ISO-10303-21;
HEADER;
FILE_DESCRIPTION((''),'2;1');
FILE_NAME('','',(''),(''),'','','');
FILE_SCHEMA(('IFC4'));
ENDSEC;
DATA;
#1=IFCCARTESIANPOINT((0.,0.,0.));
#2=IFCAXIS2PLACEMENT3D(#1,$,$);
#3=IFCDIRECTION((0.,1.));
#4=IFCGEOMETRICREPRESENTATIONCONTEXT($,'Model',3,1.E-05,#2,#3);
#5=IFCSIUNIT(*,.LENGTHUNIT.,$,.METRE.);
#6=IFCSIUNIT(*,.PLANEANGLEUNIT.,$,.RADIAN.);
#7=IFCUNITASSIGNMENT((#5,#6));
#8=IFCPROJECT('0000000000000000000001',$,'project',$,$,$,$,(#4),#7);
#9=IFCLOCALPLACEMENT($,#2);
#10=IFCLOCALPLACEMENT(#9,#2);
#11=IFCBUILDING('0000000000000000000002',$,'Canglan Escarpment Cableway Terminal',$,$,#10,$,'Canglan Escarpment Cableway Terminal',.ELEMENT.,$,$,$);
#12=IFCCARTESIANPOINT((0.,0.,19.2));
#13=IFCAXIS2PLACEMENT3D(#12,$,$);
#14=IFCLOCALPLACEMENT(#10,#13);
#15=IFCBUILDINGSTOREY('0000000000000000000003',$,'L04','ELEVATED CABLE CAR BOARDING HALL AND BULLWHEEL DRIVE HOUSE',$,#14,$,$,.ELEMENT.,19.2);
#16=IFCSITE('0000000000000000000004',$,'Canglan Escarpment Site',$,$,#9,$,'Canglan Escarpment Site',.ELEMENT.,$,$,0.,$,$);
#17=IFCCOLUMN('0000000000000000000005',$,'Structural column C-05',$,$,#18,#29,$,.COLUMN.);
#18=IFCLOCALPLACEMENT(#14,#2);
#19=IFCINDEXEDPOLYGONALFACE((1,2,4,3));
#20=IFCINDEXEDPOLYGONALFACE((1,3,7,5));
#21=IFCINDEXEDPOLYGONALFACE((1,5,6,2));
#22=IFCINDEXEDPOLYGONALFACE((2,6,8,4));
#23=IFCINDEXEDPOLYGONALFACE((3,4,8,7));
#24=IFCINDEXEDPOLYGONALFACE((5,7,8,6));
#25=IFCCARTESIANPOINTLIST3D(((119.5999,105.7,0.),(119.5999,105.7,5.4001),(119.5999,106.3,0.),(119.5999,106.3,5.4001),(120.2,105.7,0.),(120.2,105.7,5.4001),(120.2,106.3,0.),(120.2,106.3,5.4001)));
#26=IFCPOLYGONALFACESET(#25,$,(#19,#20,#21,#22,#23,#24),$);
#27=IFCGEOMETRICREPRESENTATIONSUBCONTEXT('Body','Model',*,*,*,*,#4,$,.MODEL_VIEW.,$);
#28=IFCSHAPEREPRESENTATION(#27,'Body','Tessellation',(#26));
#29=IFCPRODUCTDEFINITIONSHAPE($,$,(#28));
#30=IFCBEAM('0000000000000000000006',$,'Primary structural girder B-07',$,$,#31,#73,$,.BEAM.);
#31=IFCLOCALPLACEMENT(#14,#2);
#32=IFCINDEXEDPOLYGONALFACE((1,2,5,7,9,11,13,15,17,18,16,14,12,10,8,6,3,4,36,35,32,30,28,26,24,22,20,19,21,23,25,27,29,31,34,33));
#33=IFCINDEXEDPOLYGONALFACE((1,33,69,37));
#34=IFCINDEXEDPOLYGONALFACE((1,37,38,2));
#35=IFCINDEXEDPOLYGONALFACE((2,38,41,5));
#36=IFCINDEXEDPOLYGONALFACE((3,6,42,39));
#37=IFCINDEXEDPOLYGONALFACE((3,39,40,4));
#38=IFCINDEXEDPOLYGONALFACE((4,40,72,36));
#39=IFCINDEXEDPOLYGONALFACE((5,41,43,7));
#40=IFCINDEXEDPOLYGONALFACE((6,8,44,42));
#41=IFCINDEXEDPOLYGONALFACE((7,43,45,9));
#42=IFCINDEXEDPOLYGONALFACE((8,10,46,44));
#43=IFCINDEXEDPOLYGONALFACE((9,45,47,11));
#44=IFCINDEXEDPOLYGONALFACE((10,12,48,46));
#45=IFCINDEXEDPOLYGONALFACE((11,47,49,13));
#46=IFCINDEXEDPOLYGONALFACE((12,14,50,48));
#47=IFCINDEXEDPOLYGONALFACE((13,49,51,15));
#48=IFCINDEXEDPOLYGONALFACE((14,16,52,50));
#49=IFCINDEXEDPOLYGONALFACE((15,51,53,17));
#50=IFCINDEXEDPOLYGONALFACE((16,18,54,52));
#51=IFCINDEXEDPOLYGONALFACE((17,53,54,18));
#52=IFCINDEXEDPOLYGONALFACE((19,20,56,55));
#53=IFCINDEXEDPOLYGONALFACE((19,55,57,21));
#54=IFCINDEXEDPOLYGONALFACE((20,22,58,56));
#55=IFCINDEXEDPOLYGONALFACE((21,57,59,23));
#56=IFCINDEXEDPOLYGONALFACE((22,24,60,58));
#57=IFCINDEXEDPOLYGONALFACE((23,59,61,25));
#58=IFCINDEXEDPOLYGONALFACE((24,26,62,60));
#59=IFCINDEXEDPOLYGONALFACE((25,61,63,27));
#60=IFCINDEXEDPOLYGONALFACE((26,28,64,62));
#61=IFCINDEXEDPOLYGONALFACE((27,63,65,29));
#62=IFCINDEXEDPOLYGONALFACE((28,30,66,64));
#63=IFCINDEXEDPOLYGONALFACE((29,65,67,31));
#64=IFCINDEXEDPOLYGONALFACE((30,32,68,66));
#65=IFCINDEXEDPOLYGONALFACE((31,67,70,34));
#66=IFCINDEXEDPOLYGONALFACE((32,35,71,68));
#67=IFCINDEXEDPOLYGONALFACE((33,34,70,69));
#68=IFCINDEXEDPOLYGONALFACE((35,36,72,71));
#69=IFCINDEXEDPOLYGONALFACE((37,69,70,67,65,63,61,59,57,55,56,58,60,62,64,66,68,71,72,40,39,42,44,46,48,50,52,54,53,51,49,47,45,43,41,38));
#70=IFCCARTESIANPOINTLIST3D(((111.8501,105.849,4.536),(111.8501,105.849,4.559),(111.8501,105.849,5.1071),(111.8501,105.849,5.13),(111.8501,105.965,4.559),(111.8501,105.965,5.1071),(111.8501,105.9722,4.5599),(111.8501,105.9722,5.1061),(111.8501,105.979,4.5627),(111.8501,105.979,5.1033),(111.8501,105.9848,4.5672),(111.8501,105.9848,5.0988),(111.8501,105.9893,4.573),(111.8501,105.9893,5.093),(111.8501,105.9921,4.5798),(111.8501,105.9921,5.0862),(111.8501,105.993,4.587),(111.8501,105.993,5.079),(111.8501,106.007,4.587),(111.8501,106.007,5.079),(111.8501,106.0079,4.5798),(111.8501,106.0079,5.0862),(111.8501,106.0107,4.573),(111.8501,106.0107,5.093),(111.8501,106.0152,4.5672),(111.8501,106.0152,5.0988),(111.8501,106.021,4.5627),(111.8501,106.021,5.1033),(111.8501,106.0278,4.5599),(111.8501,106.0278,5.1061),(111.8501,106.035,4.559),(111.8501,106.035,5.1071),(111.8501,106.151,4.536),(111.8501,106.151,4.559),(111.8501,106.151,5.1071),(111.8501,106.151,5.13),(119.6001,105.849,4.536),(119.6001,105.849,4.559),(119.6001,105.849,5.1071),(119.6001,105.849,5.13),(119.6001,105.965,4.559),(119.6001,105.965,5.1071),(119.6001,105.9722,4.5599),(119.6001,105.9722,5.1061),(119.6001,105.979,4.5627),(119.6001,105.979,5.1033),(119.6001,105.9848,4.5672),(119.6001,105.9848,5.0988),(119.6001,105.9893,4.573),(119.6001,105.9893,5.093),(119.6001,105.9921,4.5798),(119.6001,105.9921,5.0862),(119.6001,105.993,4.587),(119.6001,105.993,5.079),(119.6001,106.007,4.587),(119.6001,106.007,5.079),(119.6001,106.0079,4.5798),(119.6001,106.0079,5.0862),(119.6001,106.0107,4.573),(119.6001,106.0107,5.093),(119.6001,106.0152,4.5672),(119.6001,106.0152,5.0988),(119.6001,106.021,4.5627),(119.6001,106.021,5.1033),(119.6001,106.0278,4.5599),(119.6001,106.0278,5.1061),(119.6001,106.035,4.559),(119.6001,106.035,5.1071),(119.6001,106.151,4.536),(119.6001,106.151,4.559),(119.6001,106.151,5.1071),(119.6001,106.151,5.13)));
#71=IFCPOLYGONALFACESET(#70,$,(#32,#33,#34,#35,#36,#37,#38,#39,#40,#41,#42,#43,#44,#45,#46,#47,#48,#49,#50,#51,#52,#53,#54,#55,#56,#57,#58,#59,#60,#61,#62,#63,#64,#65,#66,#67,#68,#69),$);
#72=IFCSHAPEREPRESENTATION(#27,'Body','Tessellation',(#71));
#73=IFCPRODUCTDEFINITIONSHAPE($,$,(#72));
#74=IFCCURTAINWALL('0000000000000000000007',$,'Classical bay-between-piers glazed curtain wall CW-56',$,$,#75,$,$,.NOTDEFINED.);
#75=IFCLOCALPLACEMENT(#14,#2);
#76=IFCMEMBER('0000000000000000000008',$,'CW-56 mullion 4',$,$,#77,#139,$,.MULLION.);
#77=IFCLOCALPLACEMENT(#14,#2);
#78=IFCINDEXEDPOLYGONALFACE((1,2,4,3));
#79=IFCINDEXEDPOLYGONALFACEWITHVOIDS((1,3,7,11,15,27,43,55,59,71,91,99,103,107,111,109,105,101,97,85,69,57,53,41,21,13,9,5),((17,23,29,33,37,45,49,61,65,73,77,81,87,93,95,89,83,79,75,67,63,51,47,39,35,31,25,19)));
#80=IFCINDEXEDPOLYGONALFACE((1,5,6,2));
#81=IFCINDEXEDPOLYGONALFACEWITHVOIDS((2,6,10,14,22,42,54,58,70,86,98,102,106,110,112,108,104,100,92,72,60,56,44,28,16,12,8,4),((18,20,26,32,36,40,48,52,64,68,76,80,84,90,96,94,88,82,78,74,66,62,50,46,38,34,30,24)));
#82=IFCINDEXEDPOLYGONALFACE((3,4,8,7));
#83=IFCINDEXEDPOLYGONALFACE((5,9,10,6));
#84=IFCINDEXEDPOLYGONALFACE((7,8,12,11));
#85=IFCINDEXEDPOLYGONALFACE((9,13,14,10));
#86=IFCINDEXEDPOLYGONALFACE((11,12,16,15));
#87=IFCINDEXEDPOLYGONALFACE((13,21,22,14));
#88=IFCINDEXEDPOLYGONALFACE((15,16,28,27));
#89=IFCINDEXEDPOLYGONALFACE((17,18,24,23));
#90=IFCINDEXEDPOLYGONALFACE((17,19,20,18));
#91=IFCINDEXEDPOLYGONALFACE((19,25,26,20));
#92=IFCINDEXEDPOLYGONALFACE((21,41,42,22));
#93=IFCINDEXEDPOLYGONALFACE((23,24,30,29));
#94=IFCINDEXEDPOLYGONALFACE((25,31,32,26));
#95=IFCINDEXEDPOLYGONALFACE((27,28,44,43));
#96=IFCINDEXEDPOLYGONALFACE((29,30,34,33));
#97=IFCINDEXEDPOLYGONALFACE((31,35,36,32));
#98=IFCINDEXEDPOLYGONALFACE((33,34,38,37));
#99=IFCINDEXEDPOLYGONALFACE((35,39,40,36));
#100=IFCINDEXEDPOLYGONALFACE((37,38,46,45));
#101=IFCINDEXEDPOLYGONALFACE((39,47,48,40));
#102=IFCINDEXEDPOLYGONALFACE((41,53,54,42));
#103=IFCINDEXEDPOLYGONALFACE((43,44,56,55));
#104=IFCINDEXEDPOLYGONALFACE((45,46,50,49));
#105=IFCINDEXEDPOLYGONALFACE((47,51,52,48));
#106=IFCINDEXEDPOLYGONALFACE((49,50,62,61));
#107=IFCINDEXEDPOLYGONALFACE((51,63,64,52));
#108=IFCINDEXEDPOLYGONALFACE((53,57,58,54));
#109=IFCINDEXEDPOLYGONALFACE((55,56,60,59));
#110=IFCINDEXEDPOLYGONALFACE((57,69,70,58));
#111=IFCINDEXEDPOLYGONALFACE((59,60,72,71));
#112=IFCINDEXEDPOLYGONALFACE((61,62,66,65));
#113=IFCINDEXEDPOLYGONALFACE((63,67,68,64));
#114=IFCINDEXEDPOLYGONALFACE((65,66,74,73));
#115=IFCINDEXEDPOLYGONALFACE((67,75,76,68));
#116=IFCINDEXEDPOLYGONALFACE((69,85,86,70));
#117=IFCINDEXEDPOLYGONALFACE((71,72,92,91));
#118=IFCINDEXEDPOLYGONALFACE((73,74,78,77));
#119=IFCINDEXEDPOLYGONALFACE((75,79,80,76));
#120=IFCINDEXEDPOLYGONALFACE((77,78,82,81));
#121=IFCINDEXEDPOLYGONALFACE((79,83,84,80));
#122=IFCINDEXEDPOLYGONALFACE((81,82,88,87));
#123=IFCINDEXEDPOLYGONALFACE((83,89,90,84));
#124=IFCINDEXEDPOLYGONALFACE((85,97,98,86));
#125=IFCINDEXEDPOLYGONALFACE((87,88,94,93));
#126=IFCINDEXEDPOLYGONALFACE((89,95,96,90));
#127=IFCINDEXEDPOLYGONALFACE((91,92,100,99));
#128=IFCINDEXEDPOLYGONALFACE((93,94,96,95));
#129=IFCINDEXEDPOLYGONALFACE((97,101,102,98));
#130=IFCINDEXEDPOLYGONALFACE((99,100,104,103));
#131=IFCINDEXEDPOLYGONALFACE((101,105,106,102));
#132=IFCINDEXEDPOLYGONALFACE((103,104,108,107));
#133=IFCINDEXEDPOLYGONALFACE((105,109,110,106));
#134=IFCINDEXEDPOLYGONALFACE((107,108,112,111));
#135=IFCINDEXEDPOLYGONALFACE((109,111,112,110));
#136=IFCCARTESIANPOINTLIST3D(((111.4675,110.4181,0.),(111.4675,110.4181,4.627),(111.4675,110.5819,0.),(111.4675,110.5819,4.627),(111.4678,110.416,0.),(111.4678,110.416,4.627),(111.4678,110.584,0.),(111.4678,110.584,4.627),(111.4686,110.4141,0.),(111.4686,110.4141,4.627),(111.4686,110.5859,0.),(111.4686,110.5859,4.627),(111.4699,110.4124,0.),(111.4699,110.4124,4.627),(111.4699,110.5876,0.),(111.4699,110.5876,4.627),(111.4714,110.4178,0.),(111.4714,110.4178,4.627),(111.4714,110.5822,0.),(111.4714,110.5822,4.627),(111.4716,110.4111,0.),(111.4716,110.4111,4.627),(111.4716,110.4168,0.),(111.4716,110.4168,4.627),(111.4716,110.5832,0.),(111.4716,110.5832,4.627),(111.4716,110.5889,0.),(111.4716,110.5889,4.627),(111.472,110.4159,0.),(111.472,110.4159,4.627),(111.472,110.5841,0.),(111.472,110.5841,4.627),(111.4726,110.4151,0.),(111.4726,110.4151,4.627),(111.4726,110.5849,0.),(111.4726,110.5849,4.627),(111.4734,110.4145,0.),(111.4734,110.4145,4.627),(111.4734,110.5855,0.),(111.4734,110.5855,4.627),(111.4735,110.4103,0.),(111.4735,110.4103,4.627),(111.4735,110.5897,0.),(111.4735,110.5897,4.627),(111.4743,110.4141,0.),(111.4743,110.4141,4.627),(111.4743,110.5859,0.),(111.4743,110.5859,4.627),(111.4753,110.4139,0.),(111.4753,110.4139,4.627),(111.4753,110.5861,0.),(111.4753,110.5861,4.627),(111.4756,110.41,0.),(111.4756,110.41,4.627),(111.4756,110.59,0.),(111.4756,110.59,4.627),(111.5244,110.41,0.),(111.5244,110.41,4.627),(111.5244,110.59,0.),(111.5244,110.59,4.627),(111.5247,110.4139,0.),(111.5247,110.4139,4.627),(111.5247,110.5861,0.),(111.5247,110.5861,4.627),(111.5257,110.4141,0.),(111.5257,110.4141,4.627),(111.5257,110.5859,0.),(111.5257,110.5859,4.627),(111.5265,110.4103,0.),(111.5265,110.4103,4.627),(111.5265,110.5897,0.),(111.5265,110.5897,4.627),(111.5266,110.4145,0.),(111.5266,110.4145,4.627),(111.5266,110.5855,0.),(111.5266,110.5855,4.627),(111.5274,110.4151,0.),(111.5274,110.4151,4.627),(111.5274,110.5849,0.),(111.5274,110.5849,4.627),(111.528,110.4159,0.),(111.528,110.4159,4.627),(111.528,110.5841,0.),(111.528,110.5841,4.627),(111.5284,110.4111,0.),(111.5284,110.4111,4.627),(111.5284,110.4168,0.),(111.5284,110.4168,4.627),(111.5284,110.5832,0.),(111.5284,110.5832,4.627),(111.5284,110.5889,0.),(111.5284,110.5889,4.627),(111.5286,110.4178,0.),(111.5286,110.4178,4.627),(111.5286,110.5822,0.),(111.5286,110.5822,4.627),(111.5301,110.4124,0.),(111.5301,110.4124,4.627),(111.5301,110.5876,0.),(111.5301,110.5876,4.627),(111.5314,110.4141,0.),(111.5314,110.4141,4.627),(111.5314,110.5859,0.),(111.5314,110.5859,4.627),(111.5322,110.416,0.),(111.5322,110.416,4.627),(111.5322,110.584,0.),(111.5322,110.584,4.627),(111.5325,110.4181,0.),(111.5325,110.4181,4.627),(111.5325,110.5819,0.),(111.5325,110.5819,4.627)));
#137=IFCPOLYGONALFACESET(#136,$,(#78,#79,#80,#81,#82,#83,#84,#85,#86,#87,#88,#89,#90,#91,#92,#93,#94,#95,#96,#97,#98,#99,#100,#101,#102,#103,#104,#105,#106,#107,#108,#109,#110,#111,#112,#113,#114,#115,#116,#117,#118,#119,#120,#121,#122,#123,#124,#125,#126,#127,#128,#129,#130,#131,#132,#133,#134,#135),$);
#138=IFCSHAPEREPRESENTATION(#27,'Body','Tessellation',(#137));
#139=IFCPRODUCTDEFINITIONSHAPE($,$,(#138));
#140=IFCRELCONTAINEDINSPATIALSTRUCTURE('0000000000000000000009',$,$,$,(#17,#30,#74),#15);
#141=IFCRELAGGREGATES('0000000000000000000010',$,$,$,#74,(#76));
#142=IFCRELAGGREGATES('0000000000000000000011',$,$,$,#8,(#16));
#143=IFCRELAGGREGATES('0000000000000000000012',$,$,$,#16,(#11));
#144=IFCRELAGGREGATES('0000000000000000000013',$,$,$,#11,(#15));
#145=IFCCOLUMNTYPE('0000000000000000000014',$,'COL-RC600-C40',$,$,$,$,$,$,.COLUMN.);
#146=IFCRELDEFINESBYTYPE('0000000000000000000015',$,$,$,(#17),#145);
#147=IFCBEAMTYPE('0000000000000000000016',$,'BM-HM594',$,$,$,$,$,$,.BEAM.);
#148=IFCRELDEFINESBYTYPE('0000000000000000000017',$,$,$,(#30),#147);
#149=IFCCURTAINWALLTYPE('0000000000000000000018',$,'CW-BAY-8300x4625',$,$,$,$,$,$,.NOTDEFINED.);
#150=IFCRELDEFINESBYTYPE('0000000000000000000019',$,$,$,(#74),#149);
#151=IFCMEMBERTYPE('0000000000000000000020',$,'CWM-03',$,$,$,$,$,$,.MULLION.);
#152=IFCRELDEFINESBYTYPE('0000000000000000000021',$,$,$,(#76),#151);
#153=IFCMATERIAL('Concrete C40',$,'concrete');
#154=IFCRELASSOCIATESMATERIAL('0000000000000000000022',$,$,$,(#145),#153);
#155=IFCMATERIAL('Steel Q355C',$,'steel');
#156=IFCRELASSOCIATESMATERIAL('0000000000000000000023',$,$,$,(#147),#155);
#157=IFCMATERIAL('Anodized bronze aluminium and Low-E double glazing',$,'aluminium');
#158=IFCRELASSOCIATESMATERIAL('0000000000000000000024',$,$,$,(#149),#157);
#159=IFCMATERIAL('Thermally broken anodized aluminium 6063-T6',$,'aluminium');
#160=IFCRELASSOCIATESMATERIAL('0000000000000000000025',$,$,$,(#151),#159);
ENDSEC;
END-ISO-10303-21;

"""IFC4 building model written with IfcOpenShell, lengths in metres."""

from ifc_helpers import new_model, si_unit, direction, frame, origin, origin_2d, place, context, subcontext, project, spatial, rectangle, hollow_rectangle, i_section, extrude, material, material_profile, profile_set, type_object, element, aggregate, save


model = new_model("IFC4")

# Units and contexts
model_context = context("Model", 3, precision=1e-05, world=origin(), true_north=direction((0.0, 1.0)))
body_context = subcontext(model_context, "Body", "Model", "MODEL_VIEW")
ifc_project = project(units=[si_unit("LENGTHUNIT", "METRE"), si_unit("PLANEANGLEUNIT", "RADIAN")], contexts=[model_context])

# Site, building, storey
site_placement = place(None, origin())
site = spatial("IfcSite", under=ifc_project, at=site_placement, Name="Canglan Escarpment Site", LongName="Canglan Escarpment Site", CompositionType="ELEMENT", RefElevation=0.0)
building_placement = place(site_placement, origin())
building = spatial("IfcBuilding", under=site, at=building_placement, Name="Canglan Escarpment Cableway Terminal", LongName="Canglan Escarpment Cableway Terminal", CompositionType="ELEMENT")
storey_placement = place(building_placement, frame((0.0, 0.0, 19.2)))
storey = spatial("IfcBuildingStorey", under=building, at=storey_placement, Name="L04", Description="ELEVATED CABLE CAR BOARDING HALL AND BULLWHEEL DRIVE HOUSE", CompositionType="ELEMENT", Elevation=19.2)

# Column
ifc_material_1 = material(Name="Concrete C40", Category="concrete")
ifc_material_profile_1 = material_profile(ifc_material_1, rectangle(XDim=0.6001, YDim=0.6001, at=origin_2d()), Name="RC 600x600")
ifc_profile_set_1 = profile_set([ifc_material_profile_1], Name="Concrete C40")
column_type = type_object("IfcColumnType", Name="COL-RC600-C40", PredefinedType="COLUMN", material=ifc_profile_set_1)
column_placement = place(storey_placement, frame((119.8999, 106.0, 0.0), z_axis=(0.0, 0.0, 1.0), x_axis=(1.0, 0.0, 0.0)))
element("IfcColumn", 1, at=column_placement, inside=storey, type_object=column_type, Name="Structural column C-05", PredefinedType="COLUMN", context=body_context, shape_type="SweptSolid", body=[
    extrude(rectangle(XDim=0.6001, YDim=0.6001, at=origin_2d()), origin(), (0.0, 0.0, 1.0), 5.4001),
])

# Beam
ifc_material_2 = material(Name="Steel Q355C", Category="steel")
ifc_material_profile_2 = material_profile(ifc_material_2, i_section(OverallWidth=0.302, OverallDepth=0.594, WebThickness=0.0139, FlangeThickness=0.0229, FilletRadius=0.0281, at=origin_2d()), Name="HM 594x302x14x23")
ifc_profile_set_2 = profile_set([ifc_material_profile_2], Name="Steel Q355C")
beam_type_1 = type_object("IfcBeamType", Name="BM-HM594", PredefinedType="BEAM", material=ifc_profile_set_2)
beam_placement = place(storey_placement, frame((111.8501, 106.0, 4.833), z_axis=(1.0, 0.0, 0.0), x_axis=(0.0, 1.0, 0.0)))
element("IfcBeam", 2, at=beam_placement, inside=storey, type_object=beam_type_1, Name="Primary structural girder B-07", PredefinedType="BEAM", context=body_context, shape_type="SweptSolid", body=[
    extrude(i_section(OverallWidth=0.302, OverallDepth=0.594, WebThickness=0.0139, FlangeThickness=0.0229, FilletRadius=0.0281, at=origin_2d()), origin(), (0.0, 0.0, 1.0), 7.75),
])

# Curtain wall, member
ifc_material_3 = material(Name="Anodized bronze aluminium and Low-E double glazing", Category="aluminium")
curtain_wall_type = type_object("IfcCurtainWallType", Name="CW-BAY-8300x4625", PredefinedType="NOTDEFINED", material=ifc_material_3)
curtain_wall_1_placement = place(storey_placement, origin())
curtain_wall_1 = element("IfcCurtainWall", 3, at=curtain_wall_1_placement, inside=storey, type_object=curtain_wall_type, Name="Classical bay-between-piers glazed curtain wall CW-56", PredefinedType="NOTDEFINED")
ifc_material_4 = material(Name="Thermally broken anodized aluminium 6063-T6", Category="aluminium")
ifc_material_profile_3 = material_profile(ifc_material_4, hollow_rectangle(XDim=0.0649, YDim=0.1799, WallThickness=0.0039, InnerFilletRadius=0.0039, OuterFilletRadius=0.0081, at=origin_2d()), Name="ALU-MULL 65x180x4")
ifc_profile_set_3 = profile_set([ifc_material_profile_3], Name="Thermally broken anodized aluminium 6063-T6")
member_type_1 = type_object("IfcMemberType", Name="CWM-03", PredefinedType="MULLION", material=ifc_profile_set_3)
member_1_placement = place(storey_placement, frame((111.5, 110.5, 0.0), z_axis=(0.0, 0.0, 1.0), x_axis=(1.0, 0.0, 0.0)))
member_1 = element("IfcMember", 4, at=member_1_placement, type_object=member_type_1, Name="CW-56 mullion 4", PredefinedType="MULLION", context=body_context, shape_type="SweptSolid", body=[
    extrude(hollow_rectangle(XDim=0.0649, YDim=0.1799, WallThickness=0.0039, InnerFilletRadius=0.0039, OuterFilletRadius=0.0081, at=origin_2d()), origin(), (0.0, 0.0, 1.0), 4.627),
])

aggregate(curtain_wall_1, [member_1])

save(model, "model.ifc")
